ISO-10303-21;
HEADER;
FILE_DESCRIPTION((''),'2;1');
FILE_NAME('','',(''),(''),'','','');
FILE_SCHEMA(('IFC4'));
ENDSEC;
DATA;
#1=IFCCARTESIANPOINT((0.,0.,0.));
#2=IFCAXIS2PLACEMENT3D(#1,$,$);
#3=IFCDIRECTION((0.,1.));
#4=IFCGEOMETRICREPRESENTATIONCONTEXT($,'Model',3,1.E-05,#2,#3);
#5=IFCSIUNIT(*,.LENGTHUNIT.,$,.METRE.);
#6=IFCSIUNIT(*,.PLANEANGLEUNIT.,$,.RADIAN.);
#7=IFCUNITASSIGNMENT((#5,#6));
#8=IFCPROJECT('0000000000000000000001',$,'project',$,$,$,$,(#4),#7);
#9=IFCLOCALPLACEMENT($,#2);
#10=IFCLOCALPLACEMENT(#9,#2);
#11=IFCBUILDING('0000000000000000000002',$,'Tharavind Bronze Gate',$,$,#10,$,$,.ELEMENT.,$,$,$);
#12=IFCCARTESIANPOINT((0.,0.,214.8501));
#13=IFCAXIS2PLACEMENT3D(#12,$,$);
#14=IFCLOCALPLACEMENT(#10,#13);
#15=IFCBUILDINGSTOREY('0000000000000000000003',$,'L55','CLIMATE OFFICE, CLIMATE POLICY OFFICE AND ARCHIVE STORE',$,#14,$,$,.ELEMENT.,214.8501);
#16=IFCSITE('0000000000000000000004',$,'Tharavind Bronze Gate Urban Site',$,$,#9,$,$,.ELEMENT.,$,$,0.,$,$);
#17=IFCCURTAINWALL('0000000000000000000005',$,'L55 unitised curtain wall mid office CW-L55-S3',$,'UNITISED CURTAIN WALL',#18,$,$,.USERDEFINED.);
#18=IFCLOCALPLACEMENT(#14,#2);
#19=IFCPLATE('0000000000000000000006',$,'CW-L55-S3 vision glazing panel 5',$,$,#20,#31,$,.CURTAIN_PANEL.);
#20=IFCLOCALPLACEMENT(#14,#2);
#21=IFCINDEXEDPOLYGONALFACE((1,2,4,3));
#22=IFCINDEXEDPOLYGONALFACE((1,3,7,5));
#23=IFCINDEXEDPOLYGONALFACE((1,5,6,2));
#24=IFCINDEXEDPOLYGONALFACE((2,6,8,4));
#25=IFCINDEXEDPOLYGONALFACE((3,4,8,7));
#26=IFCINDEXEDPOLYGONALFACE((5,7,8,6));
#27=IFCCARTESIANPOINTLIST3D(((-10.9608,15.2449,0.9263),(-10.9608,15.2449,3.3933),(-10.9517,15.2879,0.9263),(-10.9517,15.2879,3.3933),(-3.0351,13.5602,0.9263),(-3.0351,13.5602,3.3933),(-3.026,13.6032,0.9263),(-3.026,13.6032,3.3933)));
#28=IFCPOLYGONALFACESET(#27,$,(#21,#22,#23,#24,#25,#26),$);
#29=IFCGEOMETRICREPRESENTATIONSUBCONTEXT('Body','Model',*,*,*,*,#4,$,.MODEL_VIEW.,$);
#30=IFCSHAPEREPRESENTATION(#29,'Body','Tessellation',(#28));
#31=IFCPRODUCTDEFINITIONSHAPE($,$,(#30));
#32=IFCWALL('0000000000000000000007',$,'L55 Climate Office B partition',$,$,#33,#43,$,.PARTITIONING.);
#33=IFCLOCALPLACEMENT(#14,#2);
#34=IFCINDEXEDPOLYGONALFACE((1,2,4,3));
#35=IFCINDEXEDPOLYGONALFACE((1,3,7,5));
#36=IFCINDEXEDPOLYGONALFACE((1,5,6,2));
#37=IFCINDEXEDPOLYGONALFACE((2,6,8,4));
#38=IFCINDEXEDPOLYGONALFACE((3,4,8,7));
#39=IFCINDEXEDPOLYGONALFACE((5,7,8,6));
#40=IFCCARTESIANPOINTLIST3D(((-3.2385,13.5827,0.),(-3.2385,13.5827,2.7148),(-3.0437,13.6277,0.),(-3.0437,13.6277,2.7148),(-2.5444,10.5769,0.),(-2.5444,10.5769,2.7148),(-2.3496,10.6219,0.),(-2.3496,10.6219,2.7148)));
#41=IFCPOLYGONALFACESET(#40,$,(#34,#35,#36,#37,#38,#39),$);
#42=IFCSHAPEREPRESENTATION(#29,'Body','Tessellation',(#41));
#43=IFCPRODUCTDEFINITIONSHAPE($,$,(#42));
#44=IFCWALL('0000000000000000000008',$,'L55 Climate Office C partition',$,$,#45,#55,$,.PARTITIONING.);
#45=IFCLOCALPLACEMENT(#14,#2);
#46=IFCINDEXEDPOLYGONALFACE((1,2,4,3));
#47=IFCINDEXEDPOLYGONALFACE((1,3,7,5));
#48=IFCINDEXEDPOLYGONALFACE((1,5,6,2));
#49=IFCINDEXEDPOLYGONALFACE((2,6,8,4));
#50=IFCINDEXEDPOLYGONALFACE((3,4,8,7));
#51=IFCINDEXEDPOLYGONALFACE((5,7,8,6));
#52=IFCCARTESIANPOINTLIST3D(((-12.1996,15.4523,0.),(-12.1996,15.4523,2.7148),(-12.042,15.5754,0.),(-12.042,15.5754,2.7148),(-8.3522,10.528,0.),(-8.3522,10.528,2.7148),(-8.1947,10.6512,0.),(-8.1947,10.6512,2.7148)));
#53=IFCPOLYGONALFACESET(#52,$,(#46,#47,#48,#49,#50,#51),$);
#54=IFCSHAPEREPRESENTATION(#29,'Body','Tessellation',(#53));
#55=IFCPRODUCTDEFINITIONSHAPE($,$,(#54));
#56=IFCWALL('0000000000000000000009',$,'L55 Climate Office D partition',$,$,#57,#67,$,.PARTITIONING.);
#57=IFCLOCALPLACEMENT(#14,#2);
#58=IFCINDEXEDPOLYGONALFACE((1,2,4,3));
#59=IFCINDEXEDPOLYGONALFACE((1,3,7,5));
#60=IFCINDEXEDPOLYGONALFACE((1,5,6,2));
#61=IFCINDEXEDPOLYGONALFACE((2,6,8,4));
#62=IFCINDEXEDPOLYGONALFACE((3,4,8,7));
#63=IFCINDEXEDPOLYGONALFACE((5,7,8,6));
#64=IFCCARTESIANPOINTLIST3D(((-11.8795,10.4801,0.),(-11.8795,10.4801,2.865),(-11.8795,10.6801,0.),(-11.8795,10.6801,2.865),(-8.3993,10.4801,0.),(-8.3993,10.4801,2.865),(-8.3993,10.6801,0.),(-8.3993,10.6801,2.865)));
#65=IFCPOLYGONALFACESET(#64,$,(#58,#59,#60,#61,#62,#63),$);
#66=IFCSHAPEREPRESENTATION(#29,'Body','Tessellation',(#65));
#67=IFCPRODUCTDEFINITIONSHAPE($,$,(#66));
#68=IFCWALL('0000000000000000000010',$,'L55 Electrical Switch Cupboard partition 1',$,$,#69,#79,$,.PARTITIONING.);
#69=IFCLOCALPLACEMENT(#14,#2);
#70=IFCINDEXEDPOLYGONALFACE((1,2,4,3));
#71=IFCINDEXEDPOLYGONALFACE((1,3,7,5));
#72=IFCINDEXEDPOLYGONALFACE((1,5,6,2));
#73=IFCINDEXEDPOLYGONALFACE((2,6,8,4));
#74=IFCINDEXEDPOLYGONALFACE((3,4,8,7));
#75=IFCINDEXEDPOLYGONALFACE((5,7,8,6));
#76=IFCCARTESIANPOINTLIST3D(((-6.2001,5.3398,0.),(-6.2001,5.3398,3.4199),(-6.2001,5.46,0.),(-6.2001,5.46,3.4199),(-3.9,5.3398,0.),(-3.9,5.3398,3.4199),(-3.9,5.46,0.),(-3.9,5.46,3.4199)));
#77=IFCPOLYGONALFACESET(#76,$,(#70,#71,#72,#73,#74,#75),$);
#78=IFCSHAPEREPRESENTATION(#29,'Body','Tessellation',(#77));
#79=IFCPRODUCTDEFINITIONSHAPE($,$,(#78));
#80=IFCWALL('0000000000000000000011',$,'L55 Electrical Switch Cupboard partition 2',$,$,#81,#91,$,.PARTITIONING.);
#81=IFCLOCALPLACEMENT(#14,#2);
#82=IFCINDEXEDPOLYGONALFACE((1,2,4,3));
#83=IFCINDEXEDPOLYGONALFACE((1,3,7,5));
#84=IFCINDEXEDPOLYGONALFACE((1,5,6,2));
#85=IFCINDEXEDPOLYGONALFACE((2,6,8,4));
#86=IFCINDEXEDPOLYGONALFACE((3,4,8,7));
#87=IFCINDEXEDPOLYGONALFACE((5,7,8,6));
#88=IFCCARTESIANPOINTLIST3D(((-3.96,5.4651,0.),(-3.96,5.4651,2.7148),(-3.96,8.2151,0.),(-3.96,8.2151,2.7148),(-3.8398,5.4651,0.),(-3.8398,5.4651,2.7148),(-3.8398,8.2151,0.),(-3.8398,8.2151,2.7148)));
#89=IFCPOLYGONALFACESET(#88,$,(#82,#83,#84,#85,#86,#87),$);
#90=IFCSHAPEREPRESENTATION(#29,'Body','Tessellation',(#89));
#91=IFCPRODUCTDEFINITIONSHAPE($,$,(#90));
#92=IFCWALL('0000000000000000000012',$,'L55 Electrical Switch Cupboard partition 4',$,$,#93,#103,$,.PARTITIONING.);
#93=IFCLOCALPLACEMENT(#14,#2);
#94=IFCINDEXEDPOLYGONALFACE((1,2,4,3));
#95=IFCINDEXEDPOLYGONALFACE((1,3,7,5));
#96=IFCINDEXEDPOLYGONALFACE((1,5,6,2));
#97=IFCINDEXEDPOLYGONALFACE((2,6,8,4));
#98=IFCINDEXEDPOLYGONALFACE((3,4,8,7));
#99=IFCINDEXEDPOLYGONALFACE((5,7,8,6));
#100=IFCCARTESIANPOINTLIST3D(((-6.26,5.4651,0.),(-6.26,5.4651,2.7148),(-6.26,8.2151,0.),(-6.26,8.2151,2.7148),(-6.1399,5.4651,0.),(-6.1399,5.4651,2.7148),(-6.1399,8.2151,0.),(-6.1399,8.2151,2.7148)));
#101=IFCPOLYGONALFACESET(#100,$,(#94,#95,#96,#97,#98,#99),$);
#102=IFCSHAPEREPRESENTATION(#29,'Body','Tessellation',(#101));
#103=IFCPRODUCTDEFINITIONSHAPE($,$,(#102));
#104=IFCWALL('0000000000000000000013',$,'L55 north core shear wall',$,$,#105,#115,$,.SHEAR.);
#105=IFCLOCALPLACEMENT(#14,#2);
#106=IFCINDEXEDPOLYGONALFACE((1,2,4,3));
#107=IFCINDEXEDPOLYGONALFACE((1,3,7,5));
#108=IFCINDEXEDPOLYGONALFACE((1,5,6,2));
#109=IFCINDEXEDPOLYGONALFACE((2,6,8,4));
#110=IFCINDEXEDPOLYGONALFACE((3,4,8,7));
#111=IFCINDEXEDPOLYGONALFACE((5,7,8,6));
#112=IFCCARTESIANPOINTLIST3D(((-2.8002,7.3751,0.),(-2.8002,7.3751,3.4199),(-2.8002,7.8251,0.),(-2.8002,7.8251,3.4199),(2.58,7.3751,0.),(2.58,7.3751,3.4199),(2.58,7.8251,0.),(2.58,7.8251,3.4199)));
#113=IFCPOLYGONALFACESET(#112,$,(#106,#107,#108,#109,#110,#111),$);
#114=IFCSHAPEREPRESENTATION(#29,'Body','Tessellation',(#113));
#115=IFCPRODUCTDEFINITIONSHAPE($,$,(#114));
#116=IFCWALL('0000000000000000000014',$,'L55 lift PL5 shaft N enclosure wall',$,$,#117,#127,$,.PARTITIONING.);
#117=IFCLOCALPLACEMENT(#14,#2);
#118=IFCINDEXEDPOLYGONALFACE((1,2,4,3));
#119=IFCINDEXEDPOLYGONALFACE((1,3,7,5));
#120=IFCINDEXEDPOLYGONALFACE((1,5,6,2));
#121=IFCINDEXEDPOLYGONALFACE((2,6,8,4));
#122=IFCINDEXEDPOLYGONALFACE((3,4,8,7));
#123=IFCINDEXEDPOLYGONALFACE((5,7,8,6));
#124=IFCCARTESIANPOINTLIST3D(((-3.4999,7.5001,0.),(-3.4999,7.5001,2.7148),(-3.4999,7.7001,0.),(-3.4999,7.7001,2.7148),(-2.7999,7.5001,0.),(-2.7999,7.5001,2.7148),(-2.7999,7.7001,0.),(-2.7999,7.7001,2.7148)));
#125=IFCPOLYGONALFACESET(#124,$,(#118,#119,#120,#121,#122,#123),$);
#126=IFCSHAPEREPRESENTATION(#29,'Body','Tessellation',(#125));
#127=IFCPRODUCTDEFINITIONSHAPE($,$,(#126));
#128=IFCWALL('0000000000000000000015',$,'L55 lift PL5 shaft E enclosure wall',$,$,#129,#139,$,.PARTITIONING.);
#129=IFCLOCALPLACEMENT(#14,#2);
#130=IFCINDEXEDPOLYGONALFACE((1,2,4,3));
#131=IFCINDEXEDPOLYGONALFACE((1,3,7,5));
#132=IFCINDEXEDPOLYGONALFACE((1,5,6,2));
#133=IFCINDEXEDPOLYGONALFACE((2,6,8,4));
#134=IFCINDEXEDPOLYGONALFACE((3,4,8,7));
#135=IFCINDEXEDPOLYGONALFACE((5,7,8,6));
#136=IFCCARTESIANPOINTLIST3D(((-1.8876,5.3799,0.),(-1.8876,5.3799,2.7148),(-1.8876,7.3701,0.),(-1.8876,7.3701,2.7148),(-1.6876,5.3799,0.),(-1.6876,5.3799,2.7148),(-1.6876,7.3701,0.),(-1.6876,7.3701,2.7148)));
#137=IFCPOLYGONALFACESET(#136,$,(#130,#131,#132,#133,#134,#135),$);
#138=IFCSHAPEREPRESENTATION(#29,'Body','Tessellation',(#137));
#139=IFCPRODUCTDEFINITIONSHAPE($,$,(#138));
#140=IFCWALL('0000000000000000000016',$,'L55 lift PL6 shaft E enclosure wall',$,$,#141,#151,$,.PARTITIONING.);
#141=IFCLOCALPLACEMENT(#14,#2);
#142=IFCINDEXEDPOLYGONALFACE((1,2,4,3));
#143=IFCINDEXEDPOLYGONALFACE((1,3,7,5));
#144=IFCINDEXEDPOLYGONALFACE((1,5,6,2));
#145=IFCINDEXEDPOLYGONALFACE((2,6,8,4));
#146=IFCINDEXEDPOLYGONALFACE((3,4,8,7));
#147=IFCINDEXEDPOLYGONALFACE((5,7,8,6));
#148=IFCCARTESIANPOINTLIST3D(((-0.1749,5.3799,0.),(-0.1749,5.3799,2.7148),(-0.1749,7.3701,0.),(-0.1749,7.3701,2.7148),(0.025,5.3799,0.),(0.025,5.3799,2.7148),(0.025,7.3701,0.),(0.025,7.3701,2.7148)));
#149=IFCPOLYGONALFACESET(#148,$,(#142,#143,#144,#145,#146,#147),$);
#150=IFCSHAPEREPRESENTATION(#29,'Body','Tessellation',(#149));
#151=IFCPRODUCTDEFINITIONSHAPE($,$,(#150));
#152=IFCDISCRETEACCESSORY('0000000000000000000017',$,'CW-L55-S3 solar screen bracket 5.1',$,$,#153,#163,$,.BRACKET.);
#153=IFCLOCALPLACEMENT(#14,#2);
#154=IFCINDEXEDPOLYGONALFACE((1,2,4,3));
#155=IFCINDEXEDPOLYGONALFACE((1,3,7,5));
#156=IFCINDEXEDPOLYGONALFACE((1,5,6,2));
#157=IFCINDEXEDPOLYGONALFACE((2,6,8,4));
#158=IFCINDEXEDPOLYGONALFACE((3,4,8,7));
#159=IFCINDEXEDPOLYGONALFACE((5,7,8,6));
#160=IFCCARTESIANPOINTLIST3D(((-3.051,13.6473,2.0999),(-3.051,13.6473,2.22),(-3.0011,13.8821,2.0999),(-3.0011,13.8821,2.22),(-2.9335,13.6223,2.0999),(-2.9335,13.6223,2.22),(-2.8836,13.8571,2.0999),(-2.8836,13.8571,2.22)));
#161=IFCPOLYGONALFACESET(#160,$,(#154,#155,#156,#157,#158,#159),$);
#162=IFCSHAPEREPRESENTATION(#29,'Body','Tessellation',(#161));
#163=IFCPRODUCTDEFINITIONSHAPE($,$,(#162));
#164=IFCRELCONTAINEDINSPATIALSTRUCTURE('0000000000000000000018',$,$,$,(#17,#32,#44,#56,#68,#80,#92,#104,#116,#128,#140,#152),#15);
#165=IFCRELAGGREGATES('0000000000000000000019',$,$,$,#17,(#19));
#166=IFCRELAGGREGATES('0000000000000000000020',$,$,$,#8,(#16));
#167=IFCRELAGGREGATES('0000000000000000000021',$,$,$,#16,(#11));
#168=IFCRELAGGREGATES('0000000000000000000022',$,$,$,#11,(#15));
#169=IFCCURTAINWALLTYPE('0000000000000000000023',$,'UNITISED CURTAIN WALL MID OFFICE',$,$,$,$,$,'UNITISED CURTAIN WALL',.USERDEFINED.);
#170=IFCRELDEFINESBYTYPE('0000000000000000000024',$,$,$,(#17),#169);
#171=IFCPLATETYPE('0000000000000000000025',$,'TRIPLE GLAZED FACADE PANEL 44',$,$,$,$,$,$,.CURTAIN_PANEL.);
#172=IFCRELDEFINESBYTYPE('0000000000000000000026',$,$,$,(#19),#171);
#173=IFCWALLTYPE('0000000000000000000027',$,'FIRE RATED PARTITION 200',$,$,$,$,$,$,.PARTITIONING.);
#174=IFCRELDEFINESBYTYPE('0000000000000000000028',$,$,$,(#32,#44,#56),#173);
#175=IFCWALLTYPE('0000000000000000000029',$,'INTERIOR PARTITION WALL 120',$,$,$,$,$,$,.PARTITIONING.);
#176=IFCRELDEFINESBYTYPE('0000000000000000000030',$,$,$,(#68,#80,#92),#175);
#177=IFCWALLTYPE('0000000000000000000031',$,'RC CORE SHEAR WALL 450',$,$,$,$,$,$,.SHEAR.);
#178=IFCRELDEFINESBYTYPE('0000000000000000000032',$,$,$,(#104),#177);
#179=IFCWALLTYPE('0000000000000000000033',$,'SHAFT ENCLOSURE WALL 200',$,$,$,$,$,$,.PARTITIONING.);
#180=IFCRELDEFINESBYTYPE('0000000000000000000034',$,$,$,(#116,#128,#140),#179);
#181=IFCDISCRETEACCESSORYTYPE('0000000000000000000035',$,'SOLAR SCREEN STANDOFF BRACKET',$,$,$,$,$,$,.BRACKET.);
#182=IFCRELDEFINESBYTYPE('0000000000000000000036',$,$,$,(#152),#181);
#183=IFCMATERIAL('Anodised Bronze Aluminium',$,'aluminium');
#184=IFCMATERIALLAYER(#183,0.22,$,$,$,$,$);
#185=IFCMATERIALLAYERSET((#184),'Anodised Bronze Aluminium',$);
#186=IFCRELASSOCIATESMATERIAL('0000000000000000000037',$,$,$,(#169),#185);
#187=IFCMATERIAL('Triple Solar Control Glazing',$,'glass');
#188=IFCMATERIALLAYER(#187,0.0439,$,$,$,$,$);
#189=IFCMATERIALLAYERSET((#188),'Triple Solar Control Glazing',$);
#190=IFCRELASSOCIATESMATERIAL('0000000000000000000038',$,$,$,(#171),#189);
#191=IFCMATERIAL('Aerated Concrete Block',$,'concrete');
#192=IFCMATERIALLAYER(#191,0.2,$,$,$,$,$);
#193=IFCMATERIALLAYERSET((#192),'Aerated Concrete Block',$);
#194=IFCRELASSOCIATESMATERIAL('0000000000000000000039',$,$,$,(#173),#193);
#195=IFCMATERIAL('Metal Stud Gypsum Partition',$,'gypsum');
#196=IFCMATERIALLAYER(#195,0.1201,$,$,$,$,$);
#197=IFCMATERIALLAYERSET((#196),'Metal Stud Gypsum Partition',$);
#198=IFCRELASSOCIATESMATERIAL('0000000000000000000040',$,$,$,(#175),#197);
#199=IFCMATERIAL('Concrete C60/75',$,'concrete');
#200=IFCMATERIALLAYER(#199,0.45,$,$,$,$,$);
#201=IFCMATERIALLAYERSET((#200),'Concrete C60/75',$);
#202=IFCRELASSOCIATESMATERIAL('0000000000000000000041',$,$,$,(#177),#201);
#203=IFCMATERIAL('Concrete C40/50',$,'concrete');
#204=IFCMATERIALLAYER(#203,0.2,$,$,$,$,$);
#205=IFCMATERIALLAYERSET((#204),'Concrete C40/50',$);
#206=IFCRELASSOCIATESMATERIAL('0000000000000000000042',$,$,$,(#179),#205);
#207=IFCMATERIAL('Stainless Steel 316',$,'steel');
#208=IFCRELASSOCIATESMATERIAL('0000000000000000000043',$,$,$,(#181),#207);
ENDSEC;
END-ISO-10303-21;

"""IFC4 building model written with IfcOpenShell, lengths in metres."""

from ifc_helpers import new_model, si_unit, direction, frame, frame_2d, origin, origin_2d, place, context, subcontext, project, spatial, rectangle, extrude, material, layer, layer_set, type_object, element, aggregate, save


model = new_model("IFC4")

# Units and contexts
model_context = context("Model", 3, precision=1e-05, world=origin(), true_north=direction((0.0, 1.0)))
body_context = subcontext(model_context, "Body", "Model", "MODEL_VIEW")
ifc_project = project(units=[si_unit("LENGTHUNIT", "METRE"), si_unit("PLANEANGLEUNIT", "RADIAN")], contexts=[model_context])

# Site, building, storey
site_placement = place(None, origin())
site = spatial("IfcSite", under=ifc_project, at=site_placement, Name="Tharavind Bronze Gate Urban Site", CompositionType="ELEMENT", RefElevation=0.0)
building_placement = place(site_placement, origin())
building = spatial("IfcBuilding", under=site, at=building_placement, Name="Tharavind Bronze Gate", CompositionType="ELEMENT")
storey_placement = place(building_placement, frame((0.0, 0.0, 214.8501)))
storey = spatial("IfcBuildingStorey", under=building, at=storey_placement, Name="L55", Description="CLIMATE OFFICE, CLIMATE POLICY OFFICE AND ARCHIVE STORE", CompositionType="ELEMENT", Elevation=214.8501)

# Curtain wall
ifc_material_1 = material(Name="Anodised Bronze Aluminium", Category="aluminium")
ifc_layer_1 = layer(ifc_material_1, 0.22)
ifc_layer_set_1 = layer_set([ifc_layer_1], Name="Anodised Bronze Aluminium")
curtain_wall_type = type_object("IfcCurtainWallType", Name="UNITISED CURTAIN WALL MID OFFICE", ElementType="UNITISED CURTAIN WALL", PredefinedType="USERDEFINED", material=ifc_layer_set_1)
curtain_wall_placement = place(storey_placement, origin())
curtain_wall = element("IfcCurtainWall", 1, at=curtain_wall_placement, inside=storey, type_object=curtain_wall_type, Name="L55 unitised curtain wall mid office CW-L55-S3", ObjectType="UNITISED CURTAIN WALL", PredefinedType="USERDEFINED")

# Plate
ifc_material_2 = material(Name="Triple Solar Control Glazing", Category="glass")
ifc_layer_2 = layer(ifc_material_2, 0.0439)
ifc_layer_set_2 = layer_set([ifc_layer_2], Name="Triple Solar Control Glazing")
plate_type_1 = type_object("IfcPlateType", Name="TRIPLE GLAZED FACADE PANEL 44", PredefinedType="CURTAIN_PANEL", material=ifc_layer_set_2)
plate_1_placement = place(storey_placement, frame((-6.9934, 14.4241, 0.9263), z_axis=(0.0, 0.0, 1.0), x_axis=(-0.978148, 0.207912, 0.0)))
plate_1 = element("IfcPlate", 2, at=plate_1_placement, type_object=plate_type_1, Name="CW-L55-S3 vision glazing panel 5", PredefinedType="CURTAIN_PANEL", context=body_context, shape_type="SweptSolid", body=[
    extrude(rectangle(XDim=8.1028, YDim=0.0439, at=origin_2d()), origin(), (0.0, 0.0, 1.0), 2.467),
])
aggregate(curtain_wall, [plate_1])

# Wall
ifc_material_3 = material(Name="Aerated Concrete Block", Category="concrete")
ifc_layer_3 = layer(ifc_material_3, 0.2)
ifc_layer_set_3 = layer_set([ifc_layer_3], Name="Aerated Concrete Block")
wall_type_1 = type_object("IfcWallType", Name="FIRE RATED PARTITION 200", PredefinedType="PARTITIONING", material=ifc_layer_set_3)
wall_1_placement = place(storey_placement, frame((-2.447, 10.5994, 0.0), z_axis=(0.0, 0.0, 1.0), x_axis=(-0.224992, 0.974361, 0.0)))
element("IfcWall", 3, at=wall_1_placement, inside=storey, type_object=wall_type_1, Name="L55 Climate Office B partition", PredefinedType="PARTITIONING", context=body_context, shape_type="SweptSolid", body=[
    extrude(rectangle(XDim=3.085, YDim=0.2, at=frame_2d((1.5425, 0.0))), origin(), (0.0, 0.0, 1.0), 2.7148),
])

# Walls
wall_2_placement = place(storey_placement, frame((-8.2734, 10.5896, 0.0), z_axis=(0.0, 0.0, 1.0), x_axis=(-0.615673, 0.788002, 0.0)))
element("IfcWall", 4, at=wall_2_placement, inside=storey, type_object=wall_type_1, Name="L55 Climate Office C partition", PredefinedType="PARTITIONING", context=body_context, shape_type="SweptSolid", body=[
    extrude(rectangle(XDim=6.249, YDim=0.2, at=frame_2d((3.1245, 0.0))), origin(), (0.0, 0.0, 1.0), 2.7148),
])
wall_3_placement = place(storey_placement, frame((-8.3992, 10.5801, 0.0), z_axis=(0.0, 0.0, 1.0), x_axis=(-1.0, 0.0, 0.0)))
element("IfcWall", 5, at=wall_3_placement, inside=storey, type_object=wall_type_1, Name="L55 Climate Office D partition", PredefinedType="PARTITIONING", context=body_context, shape_type="SweptSolid", body=[
    extrude(rectangle(XDim=3.4802, YDim=0.2, at=frame_2d((1.7402, 0.0))), origin(), (0.0, 0.0, 1.0), 2.865),
])
ifc_material_4 = material(Name="Metal Stud Gypsum Partition", Category="gypsum")
ifc_layer_4 = layer(ifc_material_4, 0.1201)
ifc_layer_set_4 = layer_set([ifc_layer_4], Name="Metal Stud Gypsum Partition")
wall_type_2 = type_object("IfcWallType", Name="INTERIOR PARTITION WALL 120", PredefinedType="PARTITIONING", material=ifc_layer_set_4)
wall_4_placement = place(storey_placement, frame((-6.2, 5.3999, 0.0), z_axis=(0.0, 0.0, 1.0), x_axis=(1.0, 0.0, 0.0)))
element("IfcWall", 6, at=wall_4_placement, inside=storey, type_object=wall_type_2, Name="L55 Electrical Switch Cupboard partition 1", PredefinedType="PARTITIONING", context=body_context, shape_type="SweptSolid", body=[
    extrude(rectangle(XDim=2.3, YDim=0.1201, at=frame_2d((1.1499, 0.0))), origin(), (0.0, 0.0, 1.0), 3.4199),
])
for number, where, z_axis, x_axis, name in (
    (7, (-3.8999, 5.4651, 0.0), (0.0, 0.0, 1.0), (0.0, 1.0, 0.0), "L55 Electrical Switch Cupboard partition 2"),
    (8, (-6.2, 8.2151, 0.0), (0.0, 0.0, 1.0), (0.0, -1.0, 0.0), "L55 Electrical Switch Cupboard partition 4"),
):
    element("IfcWall", number, at=place(storey_placement, frame(where, z_axis=z_axis, x_axis=x_axis)), inside=storey, type_object=wall_type_2, Name=name, PredefinedType="PARTITIONING", context=body_context, shape_type="SweptSolid", body=[
        extrude(rectangle(XDim=2.75, YDim=0.1201, at=frame_2d((1.375, 0.0))), origin(), (0.0, 0.0, 1.0), 2.7148),
    ])
ifc_material_5 = material(Name="Concrete C60/75", Category="concrete")
ifc_layer_5 = layer(ifc_material_5, 0.45)
ifc_layer_set_5 = layer_set([ifc_layer_5], Name="Concrete C60/75")
wall_type_3 = type_object("IfcWallType", Name="RC CORE SHEAR WALL 450", PredefinedType="SHEAR", material=ifc_layer_set_5)
wall_5_placement = place(storey_placement, frame((-2.8, 7.6001, 0.0), z_axis=(0.0, 0.0, 1.0), x_axis=(1.0, 0.0, 0.0)))
element("IfcWall", 9, at=wall_5_placement, inside=storey, type_object=wall_type_3, Name="L55 north core shear wall", PredefinedType="SHEAR", context=body_context, shape_type="SweptSolid", body=[
    extrude(rectangle(XDim=5.3801, YDim=0.45, at=frame_2d((2.6899, 0.0))), origin(), (0.0, 0.0, 1.0), 3.4199),
])
ifc_material_6 = material(Name="Concrete C40/50", Category="concrete")
ifc_layer_6 = layer(ifc_material_6, 0.2)
ifc_layer_set_6 = layer_set([ifc_layer_6], Name="Concrete C40/50")
wall_type_4 = type_object("IfcWallType", Name="SHAFT ENCLOSURE WALL 200", PredefinedType="PARTITIONING", material=ifc_layer_set_6)
wall_6_placement = place(storey_placement, frame((-3.5, 7.6001, 0.0), z_axis=(0.0, 0.0, 1.0), x_axis=(1.0, 0.0, 0.0)))
element("IfcWall", 10, at=wall_6_placement, inside=storey, type_object=wall_type_4, Name="L55 lift PL5 shaft N enclosure wall", PredefinedType="PARTITIONING", context=body_context, shape_type="SweptSolid", body=[
    extrude(rectangle(XDim=0.7, YDim=0.2, at=frame_2d((0.3501, 0.0))), origin(), (0.0, 0.0, 1.0), 2.7148),
])
for number, where, z_axis, x_axis, name in (
    (11, (-1.7876, 5.3799, 0.0), (0.0, 0.0, 1.0), (0.0, 1.0, 0.0), "L55 lift PL5 shaft E enclosure wall"),
    (12, (-0.075, 5.3799, 0.0), (0.0, 0.0, 1.0), (0.0, 1.0, 0.0), "L55 lift PL6 shaft E enclosure wall"),
):
    element("IfcWall", number, at=place(storey_placement, frame(where, z_axis=z_axis, x_axis=x_axis)), inside=storey, type_object=wall_type_4, Name=name, PredefinedType="PARTITIONING", context=body_context, shape_type="SweptSolid", body=[
        extrude(rectangle(XDim=1.9902, YDim=0.2, at=frame_2d((0.9951, 0.0))), origin(), (0.0, 0.0, 1.0), 2.7148),
    ])

# Discrete accessory
ifc_material_7 = material(Name="Stainless Steel 316", Category="steel")
discrete_accessory_type = type_object("IfcDiscreteAccessoryType", Name="SOLAR SCREEN STANDOFF BRACKET", PredefinedType="BRACKET", material=ifc_material_7)
discrete_accessory_placement = place(storey_placement, frame((-2.9673, 13.7522, 2.0999), z_axis=(0.0, 0.0, 1.0), x_axis=(-0.978148, 0.207912, 0.0)))
element("IfcDiscreteAccessory", 13, at=discrete_accessory_placement, inside=storey, type_object=discrete_accessory_type, Name="CW-L55-S3 solar screen bracket 5.1", PredefinedType="BRACKET", context=body_context, shape_type="SweptSolid", body=[
    extrude(rectangle(XDim=0.1201, YDim=0.24, at=origin_2d()), origin(), (0.0, 0.0, 1.0), 0.1201),
])

save(model, "model.ifc")
